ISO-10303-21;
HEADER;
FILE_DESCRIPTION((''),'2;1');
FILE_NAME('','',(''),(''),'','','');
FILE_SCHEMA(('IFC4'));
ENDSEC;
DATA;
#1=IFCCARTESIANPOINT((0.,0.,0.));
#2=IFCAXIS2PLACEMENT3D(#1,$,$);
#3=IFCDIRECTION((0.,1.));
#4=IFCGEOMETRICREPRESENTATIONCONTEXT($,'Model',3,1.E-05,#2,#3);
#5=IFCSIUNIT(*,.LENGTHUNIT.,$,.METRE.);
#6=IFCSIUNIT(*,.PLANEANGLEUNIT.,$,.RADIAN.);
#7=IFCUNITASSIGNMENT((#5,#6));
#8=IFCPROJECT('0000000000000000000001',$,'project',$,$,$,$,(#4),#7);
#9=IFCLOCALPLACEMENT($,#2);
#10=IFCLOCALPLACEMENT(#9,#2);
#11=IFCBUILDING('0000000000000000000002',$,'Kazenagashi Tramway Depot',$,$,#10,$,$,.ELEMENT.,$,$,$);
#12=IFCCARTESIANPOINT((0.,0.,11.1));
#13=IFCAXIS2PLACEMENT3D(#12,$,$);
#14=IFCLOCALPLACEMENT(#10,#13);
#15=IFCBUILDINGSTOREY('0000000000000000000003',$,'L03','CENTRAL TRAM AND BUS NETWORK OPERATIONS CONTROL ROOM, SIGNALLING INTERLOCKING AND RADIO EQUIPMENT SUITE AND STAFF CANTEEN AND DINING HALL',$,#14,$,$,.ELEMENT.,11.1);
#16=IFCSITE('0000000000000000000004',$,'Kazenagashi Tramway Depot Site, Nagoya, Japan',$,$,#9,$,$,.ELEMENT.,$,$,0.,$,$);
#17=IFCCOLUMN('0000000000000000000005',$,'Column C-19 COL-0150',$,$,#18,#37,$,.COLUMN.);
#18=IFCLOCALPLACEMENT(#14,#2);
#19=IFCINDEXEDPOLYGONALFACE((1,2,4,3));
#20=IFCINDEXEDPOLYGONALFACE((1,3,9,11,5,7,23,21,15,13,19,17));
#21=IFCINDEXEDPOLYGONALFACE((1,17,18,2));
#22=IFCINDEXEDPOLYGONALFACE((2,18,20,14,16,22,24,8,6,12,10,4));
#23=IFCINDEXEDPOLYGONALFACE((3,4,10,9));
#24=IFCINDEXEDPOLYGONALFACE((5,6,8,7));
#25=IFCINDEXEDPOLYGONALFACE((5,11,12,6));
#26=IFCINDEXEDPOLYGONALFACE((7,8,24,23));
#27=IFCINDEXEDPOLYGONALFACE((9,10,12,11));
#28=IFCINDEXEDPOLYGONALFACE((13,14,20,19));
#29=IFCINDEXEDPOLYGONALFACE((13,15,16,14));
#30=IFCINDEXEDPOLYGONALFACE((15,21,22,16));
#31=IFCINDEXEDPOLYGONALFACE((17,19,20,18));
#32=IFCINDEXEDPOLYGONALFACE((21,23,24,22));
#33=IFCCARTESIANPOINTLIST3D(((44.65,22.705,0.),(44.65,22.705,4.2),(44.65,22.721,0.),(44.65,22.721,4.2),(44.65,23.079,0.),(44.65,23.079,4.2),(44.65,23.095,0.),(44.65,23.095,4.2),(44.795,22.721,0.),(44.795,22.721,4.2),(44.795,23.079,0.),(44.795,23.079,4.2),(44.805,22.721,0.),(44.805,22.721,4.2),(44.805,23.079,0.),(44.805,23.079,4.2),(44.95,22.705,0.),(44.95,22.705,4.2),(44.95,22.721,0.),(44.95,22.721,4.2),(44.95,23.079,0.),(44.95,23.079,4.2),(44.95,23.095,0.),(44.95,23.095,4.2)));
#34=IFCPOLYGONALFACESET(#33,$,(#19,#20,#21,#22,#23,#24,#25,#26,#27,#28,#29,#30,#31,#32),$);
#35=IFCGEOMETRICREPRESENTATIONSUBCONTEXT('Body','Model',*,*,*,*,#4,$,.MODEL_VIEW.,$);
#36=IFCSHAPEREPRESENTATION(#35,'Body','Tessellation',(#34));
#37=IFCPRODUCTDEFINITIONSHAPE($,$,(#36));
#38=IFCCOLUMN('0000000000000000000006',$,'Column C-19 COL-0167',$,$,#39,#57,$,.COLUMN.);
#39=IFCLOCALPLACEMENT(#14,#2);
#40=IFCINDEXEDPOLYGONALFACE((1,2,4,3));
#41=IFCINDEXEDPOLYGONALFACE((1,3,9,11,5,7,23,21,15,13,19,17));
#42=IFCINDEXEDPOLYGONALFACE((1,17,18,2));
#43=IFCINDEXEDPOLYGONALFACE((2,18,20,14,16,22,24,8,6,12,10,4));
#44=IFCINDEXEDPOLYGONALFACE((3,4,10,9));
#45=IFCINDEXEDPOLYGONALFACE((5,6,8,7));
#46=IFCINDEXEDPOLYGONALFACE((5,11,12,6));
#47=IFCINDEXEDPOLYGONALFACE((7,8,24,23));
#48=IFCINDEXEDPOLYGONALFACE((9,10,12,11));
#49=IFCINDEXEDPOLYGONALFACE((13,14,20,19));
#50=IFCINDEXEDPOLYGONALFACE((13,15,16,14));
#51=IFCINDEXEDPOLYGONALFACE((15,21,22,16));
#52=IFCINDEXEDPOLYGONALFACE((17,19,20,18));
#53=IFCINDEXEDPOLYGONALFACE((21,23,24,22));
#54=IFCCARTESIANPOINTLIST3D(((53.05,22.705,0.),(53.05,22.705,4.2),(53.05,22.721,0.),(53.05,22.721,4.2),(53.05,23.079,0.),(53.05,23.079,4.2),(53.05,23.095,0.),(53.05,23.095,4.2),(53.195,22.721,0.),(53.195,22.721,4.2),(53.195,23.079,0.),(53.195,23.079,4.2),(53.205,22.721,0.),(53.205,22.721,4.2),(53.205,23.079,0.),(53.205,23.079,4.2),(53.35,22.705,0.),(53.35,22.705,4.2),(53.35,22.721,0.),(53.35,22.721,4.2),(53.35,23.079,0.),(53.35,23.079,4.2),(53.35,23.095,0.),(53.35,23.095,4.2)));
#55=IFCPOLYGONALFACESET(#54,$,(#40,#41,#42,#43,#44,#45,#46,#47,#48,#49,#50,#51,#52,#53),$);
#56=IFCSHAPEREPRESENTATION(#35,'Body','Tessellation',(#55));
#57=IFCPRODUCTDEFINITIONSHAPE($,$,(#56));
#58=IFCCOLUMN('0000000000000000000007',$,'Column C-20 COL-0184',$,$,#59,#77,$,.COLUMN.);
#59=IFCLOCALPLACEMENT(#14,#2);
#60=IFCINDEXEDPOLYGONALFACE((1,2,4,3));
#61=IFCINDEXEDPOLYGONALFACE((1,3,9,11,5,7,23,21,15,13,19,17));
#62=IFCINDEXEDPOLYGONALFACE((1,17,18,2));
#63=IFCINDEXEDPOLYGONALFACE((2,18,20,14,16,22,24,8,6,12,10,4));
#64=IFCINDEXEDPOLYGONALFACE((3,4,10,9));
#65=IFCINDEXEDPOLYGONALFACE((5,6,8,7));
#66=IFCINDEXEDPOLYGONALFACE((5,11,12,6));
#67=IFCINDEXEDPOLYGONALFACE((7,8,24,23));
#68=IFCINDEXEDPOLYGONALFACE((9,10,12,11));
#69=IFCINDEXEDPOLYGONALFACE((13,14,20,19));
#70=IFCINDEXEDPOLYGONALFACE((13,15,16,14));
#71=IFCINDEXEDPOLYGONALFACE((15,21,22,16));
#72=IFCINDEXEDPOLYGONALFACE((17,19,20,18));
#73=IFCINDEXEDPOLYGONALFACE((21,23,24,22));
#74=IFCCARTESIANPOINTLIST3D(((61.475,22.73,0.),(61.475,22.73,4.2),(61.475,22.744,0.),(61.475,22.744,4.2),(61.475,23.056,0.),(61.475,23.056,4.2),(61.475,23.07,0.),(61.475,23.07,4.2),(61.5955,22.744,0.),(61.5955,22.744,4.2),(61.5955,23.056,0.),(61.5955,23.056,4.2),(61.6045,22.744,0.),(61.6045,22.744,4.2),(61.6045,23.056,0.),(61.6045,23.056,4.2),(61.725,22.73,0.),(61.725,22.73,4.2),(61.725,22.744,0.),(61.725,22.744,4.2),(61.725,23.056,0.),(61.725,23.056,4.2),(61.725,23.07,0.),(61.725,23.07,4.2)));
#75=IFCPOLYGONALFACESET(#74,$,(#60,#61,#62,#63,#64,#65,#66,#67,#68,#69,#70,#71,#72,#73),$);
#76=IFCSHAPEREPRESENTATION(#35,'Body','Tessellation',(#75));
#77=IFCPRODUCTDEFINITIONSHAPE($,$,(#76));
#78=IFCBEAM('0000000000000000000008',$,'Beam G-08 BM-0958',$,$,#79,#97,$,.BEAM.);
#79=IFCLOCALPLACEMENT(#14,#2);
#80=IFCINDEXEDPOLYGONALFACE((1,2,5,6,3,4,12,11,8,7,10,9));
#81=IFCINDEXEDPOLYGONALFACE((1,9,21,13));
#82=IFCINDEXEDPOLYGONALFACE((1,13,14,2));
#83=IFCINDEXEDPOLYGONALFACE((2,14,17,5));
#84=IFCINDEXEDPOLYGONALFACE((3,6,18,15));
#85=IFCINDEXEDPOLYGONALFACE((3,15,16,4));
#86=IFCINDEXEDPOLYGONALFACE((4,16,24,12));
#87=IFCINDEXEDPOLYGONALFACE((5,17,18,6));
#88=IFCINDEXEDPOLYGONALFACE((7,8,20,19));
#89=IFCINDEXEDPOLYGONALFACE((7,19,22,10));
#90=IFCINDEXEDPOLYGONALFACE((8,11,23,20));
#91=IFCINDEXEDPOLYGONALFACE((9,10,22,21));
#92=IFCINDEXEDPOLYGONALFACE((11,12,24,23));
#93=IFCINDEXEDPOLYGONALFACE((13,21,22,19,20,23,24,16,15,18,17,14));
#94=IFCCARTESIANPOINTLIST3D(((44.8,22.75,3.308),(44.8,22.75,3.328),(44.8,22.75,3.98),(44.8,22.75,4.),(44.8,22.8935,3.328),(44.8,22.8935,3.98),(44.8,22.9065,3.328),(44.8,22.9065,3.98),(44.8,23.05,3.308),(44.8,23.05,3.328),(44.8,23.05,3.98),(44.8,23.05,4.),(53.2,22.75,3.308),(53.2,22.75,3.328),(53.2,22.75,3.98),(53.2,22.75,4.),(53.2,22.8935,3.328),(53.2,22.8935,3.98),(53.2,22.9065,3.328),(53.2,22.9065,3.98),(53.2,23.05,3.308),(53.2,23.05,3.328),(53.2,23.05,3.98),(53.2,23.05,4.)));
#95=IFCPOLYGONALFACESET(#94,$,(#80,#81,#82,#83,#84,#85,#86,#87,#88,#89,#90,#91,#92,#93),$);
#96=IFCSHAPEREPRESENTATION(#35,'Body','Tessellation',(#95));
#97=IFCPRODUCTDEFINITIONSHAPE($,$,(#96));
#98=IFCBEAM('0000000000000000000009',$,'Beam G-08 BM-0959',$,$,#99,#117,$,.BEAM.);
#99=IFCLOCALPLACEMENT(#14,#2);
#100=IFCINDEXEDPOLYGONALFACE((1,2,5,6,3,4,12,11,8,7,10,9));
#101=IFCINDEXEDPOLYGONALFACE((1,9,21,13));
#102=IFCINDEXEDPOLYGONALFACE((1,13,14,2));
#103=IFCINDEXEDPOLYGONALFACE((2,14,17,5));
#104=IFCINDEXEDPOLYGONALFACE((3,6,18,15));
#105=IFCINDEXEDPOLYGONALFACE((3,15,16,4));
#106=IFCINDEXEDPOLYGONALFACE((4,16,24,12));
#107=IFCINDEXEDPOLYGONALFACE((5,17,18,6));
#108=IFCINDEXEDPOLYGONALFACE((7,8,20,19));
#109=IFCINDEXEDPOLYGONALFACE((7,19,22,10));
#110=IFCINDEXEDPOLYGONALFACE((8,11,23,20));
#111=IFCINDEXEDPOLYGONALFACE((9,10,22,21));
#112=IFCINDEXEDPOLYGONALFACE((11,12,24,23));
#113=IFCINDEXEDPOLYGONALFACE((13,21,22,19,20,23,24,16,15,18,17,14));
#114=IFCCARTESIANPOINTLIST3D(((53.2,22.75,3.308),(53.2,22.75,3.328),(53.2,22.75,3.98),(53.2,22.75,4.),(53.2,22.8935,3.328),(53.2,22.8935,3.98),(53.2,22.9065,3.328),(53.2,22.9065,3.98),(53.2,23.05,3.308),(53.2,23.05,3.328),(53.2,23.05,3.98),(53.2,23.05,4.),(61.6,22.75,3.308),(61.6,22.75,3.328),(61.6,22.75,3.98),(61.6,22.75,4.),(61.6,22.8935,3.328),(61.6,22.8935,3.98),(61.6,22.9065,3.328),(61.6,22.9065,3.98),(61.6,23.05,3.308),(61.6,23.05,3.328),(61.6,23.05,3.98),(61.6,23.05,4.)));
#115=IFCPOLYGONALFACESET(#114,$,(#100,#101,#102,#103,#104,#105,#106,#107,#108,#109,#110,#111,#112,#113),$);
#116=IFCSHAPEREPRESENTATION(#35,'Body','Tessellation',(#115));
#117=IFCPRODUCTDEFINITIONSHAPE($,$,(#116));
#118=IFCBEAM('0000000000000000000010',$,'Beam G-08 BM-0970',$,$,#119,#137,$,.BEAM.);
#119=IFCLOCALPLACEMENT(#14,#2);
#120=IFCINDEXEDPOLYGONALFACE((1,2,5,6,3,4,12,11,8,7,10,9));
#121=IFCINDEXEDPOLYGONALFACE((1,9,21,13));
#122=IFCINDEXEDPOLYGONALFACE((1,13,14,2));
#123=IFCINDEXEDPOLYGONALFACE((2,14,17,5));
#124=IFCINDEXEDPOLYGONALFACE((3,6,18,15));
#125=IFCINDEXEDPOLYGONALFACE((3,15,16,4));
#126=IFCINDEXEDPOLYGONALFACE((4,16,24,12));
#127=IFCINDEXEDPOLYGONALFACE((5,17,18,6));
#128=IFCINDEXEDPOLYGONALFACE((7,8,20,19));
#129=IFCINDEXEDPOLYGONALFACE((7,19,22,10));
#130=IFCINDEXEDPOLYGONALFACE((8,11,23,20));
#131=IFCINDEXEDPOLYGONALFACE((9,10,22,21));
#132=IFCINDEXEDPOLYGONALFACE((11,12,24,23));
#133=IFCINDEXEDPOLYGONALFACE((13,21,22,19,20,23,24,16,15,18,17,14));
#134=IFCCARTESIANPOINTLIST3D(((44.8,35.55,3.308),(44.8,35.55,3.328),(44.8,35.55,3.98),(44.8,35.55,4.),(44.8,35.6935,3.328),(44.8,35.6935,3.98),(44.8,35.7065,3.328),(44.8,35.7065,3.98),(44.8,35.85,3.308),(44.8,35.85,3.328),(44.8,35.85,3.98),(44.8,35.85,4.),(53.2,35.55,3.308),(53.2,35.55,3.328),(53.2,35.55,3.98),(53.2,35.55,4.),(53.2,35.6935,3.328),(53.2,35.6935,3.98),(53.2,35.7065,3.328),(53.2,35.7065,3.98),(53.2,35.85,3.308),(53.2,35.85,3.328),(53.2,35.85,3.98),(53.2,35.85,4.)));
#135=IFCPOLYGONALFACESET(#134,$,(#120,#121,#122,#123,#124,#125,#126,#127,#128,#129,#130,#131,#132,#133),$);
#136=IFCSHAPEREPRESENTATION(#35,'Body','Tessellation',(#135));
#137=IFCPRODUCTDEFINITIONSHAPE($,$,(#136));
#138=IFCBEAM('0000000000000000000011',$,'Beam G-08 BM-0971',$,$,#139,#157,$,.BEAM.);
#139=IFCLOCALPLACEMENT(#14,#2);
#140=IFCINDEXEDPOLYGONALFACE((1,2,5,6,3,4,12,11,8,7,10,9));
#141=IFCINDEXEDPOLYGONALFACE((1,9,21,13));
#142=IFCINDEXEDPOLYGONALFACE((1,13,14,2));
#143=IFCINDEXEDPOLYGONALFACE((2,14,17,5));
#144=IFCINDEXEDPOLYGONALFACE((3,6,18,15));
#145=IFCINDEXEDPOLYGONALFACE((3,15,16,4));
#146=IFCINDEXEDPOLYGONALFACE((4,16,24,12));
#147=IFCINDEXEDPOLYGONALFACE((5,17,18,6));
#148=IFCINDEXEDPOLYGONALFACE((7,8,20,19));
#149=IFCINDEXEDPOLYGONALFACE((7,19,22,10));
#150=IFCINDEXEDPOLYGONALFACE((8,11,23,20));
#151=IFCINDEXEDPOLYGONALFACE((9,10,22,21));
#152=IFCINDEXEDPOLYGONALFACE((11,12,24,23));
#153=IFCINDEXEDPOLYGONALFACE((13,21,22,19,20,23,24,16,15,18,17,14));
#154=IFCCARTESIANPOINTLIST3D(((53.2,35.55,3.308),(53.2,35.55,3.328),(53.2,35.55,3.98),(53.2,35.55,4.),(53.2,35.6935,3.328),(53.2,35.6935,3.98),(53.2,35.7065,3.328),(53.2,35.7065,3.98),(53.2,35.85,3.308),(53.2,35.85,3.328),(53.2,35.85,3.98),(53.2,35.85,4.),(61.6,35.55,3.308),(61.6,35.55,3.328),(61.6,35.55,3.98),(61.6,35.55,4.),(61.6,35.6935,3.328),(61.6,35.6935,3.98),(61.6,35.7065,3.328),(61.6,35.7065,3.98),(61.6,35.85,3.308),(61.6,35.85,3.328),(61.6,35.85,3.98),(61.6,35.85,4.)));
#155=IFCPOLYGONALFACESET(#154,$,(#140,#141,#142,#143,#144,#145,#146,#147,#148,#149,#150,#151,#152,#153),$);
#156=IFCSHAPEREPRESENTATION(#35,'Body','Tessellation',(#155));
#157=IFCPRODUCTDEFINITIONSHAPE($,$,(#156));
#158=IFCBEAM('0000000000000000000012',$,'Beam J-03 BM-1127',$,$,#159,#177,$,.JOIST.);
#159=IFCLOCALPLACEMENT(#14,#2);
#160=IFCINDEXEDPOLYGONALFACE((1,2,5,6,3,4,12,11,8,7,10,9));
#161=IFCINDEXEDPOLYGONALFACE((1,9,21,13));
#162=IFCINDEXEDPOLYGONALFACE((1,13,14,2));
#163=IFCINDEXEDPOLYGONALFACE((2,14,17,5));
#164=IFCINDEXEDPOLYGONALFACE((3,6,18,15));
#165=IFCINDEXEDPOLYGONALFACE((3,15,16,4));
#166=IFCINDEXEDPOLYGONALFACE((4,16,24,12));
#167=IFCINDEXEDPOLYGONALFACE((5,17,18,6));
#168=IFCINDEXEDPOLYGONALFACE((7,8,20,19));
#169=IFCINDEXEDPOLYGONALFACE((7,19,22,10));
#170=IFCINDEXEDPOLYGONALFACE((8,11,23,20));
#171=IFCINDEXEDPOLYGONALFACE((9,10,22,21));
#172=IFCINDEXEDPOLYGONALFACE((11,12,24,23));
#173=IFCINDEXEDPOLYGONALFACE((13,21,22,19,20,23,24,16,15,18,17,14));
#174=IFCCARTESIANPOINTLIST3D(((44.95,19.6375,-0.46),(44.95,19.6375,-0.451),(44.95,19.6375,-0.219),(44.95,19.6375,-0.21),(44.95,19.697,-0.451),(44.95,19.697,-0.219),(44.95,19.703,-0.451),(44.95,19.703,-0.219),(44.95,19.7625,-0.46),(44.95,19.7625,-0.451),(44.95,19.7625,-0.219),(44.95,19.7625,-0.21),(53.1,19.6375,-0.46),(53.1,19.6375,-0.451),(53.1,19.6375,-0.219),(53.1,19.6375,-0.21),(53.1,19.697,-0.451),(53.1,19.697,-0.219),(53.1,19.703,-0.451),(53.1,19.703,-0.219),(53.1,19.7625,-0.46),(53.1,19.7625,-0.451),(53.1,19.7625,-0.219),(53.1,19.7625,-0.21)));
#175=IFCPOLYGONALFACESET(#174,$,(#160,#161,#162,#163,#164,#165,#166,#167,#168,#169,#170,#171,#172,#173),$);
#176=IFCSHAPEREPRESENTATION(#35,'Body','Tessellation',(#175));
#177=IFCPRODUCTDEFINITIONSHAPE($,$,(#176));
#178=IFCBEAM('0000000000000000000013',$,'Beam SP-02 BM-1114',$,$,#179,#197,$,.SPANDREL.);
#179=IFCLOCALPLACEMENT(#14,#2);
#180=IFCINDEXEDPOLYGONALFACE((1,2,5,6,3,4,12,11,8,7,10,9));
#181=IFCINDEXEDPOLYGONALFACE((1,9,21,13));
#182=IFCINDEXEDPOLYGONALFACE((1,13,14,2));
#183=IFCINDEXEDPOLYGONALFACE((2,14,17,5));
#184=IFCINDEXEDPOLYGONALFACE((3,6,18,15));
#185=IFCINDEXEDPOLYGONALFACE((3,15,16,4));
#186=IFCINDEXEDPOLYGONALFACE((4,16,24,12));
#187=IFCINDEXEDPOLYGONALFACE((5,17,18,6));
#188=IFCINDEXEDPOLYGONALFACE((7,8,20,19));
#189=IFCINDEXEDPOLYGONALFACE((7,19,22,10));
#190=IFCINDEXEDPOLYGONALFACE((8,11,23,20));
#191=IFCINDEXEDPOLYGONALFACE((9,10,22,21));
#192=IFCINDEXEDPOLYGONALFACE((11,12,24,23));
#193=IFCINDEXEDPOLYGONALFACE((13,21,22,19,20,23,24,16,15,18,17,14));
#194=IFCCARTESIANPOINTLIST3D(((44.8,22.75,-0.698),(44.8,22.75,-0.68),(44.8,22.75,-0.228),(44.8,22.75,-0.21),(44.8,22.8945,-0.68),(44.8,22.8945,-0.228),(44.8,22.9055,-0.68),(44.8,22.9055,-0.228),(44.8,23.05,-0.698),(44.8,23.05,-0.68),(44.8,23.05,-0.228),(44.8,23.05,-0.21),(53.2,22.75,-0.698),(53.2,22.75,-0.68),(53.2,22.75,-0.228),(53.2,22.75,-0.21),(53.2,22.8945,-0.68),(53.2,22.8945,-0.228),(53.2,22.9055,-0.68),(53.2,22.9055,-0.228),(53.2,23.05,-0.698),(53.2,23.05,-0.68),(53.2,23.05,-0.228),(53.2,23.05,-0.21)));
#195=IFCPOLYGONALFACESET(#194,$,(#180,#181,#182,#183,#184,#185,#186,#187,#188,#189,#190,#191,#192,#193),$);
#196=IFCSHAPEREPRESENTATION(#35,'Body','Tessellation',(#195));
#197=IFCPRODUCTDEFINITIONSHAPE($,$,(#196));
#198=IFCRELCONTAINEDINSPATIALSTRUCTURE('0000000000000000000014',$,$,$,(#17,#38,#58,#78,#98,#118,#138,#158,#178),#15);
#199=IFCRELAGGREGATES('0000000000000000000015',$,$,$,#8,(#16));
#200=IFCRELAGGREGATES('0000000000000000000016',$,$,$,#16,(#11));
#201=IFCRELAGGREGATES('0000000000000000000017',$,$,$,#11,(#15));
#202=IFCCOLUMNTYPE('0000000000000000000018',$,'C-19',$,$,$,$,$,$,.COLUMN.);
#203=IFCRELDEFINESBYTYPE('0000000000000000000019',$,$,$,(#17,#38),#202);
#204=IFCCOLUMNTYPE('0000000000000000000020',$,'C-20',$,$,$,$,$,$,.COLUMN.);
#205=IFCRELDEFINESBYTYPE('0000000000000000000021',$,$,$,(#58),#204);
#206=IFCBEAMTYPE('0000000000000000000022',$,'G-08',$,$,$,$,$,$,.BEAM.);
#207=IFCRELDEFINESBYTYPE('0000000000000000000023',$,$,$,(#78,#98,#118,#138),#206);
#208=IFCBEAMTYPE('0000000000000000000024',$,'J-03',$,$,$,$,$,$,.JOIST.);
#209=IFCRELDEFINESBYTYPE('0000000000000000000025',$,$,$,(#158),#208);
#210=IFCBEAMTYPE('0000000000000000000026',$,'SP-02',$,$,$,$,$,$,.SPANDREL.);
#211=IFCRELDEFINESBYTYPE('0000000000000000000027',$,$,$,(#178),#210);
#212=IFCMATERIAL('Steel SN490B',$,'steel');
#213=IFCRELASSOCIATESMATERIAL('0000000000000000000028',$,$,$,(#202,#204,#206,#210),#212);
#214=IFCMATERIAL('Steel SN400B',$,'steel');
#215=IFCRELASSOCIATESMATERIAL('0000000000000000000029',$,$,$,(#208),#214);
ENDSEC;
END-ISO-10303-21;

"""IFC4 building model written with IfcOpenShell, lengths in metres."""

from ifc_helpers import new_model, si_unit, direction, frame, origin, origin_2d, place, context, subcontext, project, spatial, i_section, extrude, material, material_profile, profile_set, type_object, element, save


model = new_model("IFC4")

# Units and contexts
model_context = context("Model", 3, precision=1e-05, world=origin(), true_north=direction((0.0, 1.0)))
body_context = subcontext(model_context, "Body", "Model", "MODEL_VIEW")
ifc_project = project(units=[si_unit("LENGTHUNIT", "METRE"), si_unit("PLANEANGLEUNIT", "RADIAN")], contexts=[model_context])

# Site, building, storey
site_placement = place(None, origin())
site = spatial("IfcSite", under=ifc_project, at=site_placement, Name="Kazenagashi Tramway Depot Site, Nagoya, Japan", CompositionType="ELEMENT", RefElevation=0.0)
building_placement = place(site_placement, origin())
building = spatial("IfcBuilding", under=site, at=building_placement, Name="Kazenagashi Tramway Depot", CompositionType="ELEMENT")
storey_placement = place(building_placement, frame((0.0, 0.0, 11.1)))
storey = spatial("IfcBuildingStorey", under=building, at=storey_placement, Name="L03", Description="CENTRAL TRAM AND BUS NETWORK OPERATIONS CONTROL ROOM, SIGNALLING INTERLOCKING AND RADIO EQUIPMENT SUITE AND STAFF CANTEEN AND DINING HALL", CompositionType="ELEMENT", Elevation=11.1)

# Columns
ifc_material_1 = material(Name="Steel SN490B", Category="steel")
ifc_material_profile_1 = material_profile(ifc_material_1, i_section(OverallWidth=0.3, OverallDepth=0.39, WebThickness=0.01, FlangeThickness=0.016, at=origin_2d()), Name="H-390x300x10x16")
ifc_profile_set_1 = profile_set([ifc_material_profile_1], Name="Steel SN490B")
column_type_1 = type_object("IfcColumnType", Name="C-19", PredefinedType="COLUMN", material=ifc_profile_set_1)
for number, where, z_axis, x_axis, name in (
    (1, (44.8, 22.9, 0.0), (0.0, 0.0, 1.0), (1.0, 0.0, 0.0), "Column C-19 COL-0150"),
    (2, (53.2, 22.9, 0.0), (0.0, 0.0, 1.0), (1.0, 0.0, 0.0), "Column C-19 COL-0167"),
):
    element("IfcColumn", number, at=place(storey_placement, frame(where, z_axis=z_axis, x_axis=x_axis)), inside=storey, type_object=column_type_1, Name=name, PredefinedType="COLUMN", context=body_context, shape_type="SweptSolid", body=[
        extrude(i_section(OverallWidth=0.3, OverallDepth=0.39, WebThickness=0.01, FlangeThickness=0.016, at=origin_2d()), origin(), (0.0, 0.0, 1.0), 4.2),
    ])
ifc_material_profile_2 = material_profile(ifc_material_1, i_section(OverallWidth=0.25, OverallDepth=0.34, WebThickness=0.009, FlangeThickness=0.014, at=origin_2d()), Name="H-340x250x9x14")
ifc_profile_set_2 = profile_set([ifc_material_profile_2], Name="Steel SN490B")
column_type_2 = type_object("IfcColumnType", Name="C-20", PredefinedType="COLUMN", material=ifc_profile_set_2)
column_placement = place(storey_placement, frame((61.6, 22.9, 0.0), z_axis=(0.0, 0.0, 1.0), x_axis=(1.0, 0.0, 0.0)))
element("IfcColumn", 3, at=column_placement, inside=storey, type_object=column_type_2, Name="Column C-20 COL-0184", PredefinedType="COLUMN", context=body_context, shape_type="SweptSolid", body=[
    extrude(i_section(OverallWidth=0.25, OverallDepth=0.34, WebThickness=0.009, FlangeThickness=0.014, at=origin_2d()), origin(), (0.0, 0.0, 1.0), 4.2),
])

# Beams
ifc_material_profile_3 = material_profile(ifc_material_1, i_section(OverallWidth=0.3, OverallDepth=0.692, WebThickness=0.013, FlangeThickness=0.02, at=origin_2d()), Name="H-692x300x13x20")
ifc_profile_set_3 = profile_set([ifc_material_profile_3], Name="Steel SN490B")
beam_type_1 = type_object("IfcBeamType", Name="G-08", PredefinedType="BEAM", material=ifc_profile_set_3)
for number, where, z_axis, x_axis, name in (
    (4, (44.8, 22.9, 3.654), (1.0, 0.0, 0.0), (0.0, 1.0, 0.0), "Beam G-08 BM-0958"),
    (5, (53.2, 22.9, 3.654), (1.0, 0.0, 0.0), (0.0, 1.0, 0.0), "Beam G-08 BM-0959"),
    (6, (44.8, 35.7, 3.654), (1.0, 0.0, 0.0), (0.0, 1.0, 0.0), "Beam G-08 BM-0970"),
    (7, (53.2, 35.7, 3.654), (1.0, 0.0, 0.0), (0.0, 1.0, 0.0), "Beam G-08 BM-0971"),
):
    element("IfcBeam", number, at=place(storey_placement, frame(where, z_axis=z_axis, x_axis=x_axis)), inside=storey, type_object=beam_type_1, Name=name, PredefinedType="BEAM", context=body_context, shape_type="SweptSolid", body=[
        extrude(i_section(OverallWidth=0.3, OverallDepth=0.692, WebThickness=0.013, FlangeThickness=0.02, at=origin_2d()), origin(), (0.0, 0.0, 1.0), 8.4),
    ])
ifc_material_2 = material(Name="Steel SN400B", Category="steel")
ifc_material_profile_4 = material_profile(ifc_material_2, i_section(OverallWidth=0.125, OverallDepth=0.25, WebThickness=0.006, FlangeThickness=0.009, at=origin_2d()), Name="H-250x125x6x9")
ifc_profile_set_4 = profile_set([ifc_material_profile_4], Name="Steel SN400B")
beam_type_2 = type_object("IfcBeamType", Name="J-03", PredefinedType="JOIST", material=ifc_profile_set_4)
beam_placement = place(storey_placement, frame((44.95, 19.7, -0.335), z_axis=(1.0, 0.0, 0.0), x_axis=(0.0, 1.0, 0.0)))
element("IfcBeam", 8, at=beam_placement, inside=storey, type_object=beam_type_2, Name="Beam J-03 BM-1127", PredefinedType="JOIST", context=body_context, shape_type="SweptSolid", body=[
    extrude(i_section(OverallWidth=0.125, OverallDepth=0.25, WebThickness=0.006, FlangeThickness=0.009, at=origin_2d()), origin(), (0.0, 0.0, 1.0), 8.15),
])
ifc_material_profile_5 = material_profile(ifc_material_1, i_section(OverallWidth=0.3, OverallDepth=0.488, WebThickness=0.011, FlangeThickness=0.018, at=origin_2d()), Name="H-488x300x11x18")
ifc_profile_set_5 = profile_set([ifc_material_profile_5], Name="Steel SN490B")
beam_type_3 = type_object("IfcBeamType", Name="SP-02", PredefinedType="SPANDREL", material=ifc_profile_set_5)
for number, where, z_axis, x_axis, name in (
    (9, (44.8, 22.9, -0.454), (1.0, 0.0, 0.0), (0.0, 1.0, 0.0), "Beam SP-02 BM-1114"),
):
    element("IfcBeam", number, at=place(storey_placement, frame(where, z_axis=z_axis, x_axis=x_axis)), inside=storey, type_object=beam_type_3, Name=name, PredefinedType="SPANDREL", context=body_context, shape_type="SweptSolid", body=[
        extrude(i_section(OverallWidth=0.3, OverallDepth=0.488, WebThickness=0.011, FlangeThickness=0.018, at=origin_2d()), origin(), (0.0, 0.0, 1.0), 8.4),
    ])

save(model, "model.ifc")
